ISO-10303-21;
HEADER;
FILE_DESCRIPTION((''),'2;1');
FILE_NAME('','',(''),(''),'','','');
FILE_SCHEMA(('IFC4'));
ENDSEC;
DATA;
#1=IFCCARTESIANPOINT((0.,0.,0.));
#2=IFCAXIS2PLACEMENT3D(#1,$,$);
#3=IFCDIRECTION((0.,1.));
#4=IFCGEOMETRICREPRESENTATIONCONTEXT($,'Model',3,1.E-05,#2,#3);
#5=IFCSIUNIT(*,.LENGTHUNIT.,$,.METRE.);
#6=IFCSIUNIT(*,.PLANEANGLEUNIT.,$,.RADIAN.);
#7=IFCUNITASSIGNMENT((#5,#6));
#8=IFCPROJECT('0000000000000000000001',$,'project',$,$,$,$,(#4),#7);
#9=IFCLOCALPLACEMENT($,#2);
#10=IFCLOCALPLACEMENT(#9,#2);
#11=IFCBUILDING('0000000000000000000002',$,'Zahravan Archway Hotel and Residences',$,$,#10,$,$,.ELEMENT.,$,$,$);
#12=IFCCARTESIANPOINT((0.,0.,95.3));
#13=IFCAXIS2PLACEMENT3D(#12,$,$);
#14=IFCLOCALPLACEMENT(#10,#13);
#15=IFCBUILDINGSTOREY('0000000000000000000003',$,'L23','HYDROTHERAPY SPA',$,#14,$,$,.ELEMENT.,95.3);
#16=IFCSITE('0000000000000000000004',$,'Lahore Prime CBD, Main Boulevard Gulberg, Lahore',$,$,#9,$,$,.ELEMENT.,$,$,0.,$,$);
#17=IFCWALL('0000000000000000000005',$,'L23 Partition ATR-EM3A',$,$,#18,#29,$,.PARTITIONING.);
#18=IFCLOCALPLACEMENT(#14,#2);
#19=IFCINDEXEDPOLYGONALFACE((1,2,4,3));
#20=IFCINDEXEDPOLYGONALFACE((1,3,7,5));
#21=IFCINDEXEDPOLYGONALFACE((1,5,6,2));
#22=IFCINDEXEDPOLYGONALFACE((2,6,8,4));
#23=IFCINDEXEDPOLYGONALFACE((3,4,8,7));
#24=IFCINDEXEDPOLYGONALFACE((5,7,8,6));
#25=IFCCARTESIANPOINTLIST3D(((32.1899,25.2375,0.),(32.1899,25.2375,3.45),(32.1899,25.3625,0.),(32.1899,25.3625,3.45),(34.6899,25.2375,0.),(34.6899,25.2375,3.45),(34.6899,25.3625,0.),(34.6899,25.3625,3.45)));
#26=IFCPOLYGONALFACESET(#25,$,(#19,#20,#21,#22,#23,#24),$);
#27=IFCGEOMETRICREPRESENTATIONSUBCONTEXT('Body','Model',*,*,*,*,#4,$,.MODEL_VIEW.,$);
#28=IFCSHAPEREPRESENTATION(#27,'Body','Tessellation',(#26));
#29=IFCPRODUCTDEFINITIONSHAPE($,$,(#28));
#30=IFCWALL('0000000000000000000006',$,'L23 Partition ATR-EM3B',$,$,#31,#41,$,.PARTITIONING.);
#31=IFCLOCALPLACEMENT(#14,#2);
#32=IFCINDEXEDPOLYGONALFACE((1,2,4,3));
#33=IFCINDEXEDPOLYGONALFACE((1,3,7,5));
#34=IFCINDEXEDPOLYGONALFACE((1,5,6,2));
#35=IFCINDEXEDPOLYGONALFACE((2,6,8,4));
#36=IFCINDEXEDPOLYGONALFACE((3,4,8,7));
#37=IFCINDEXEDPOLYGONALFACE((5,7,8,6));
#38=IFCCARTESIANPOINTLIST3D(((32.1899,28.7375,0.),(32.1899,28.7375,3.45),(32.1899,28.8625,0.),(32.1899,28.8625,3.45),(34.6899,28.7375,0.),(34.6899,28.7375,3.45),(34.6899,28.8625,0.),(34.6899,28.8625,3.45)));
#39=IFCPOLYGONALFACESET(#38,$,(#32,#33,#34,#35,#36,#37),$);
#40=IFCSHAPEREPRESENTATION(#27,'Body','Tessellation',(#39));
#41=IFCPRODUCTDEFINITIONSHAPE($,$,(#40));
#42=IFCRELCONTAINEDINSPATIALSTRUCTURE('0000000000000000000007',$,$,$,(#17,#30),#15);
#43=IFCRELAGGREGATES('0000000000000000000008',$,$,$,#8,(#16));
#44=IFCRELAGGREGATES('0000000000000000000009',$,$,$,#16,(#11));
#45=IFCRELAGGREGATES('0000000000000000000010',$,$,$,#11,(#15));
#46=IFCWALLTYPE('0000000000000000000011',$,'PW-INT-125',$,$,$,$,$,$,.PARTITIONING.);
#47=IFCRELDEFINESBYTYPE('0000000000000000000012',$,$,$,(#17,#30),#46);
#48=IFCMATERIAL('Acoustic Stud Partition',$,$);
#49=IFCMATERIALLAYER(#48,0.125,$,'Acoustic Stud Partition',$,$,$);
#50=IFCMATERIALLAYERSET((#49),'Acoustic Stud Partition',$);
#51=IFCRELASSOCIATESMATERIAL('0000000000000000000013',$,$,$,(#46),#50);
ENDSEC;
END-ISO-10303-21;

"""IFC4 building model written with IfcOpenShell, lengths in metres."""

from ifc_helpers import new_model, si_unit, direction, frame, frame_2d, origin, place, context, subcontext, project, spatial, rectangle, extrude, material, layer, layer_set, type_object, element, save


model = new_model("IFC4")

# Units and contexts
model_context = context("Model", 3, precision=1e-05, world=origin(), true_north=direction((0.0, 1.0)))
body_context = subcontext(model_context, "Body", "Model", "MODEL_VIEW")
ifc_project = project(units=[si_unit("LENGTHUNIT", "METRE"), si_unit("PLANEANGLEUNIT", "RADIAN")], contexts=[model_context])

# Site, building, storey
site_placement = place(None, origin())
site = spatial("IfcSite", under=ifc_project, at=site_placement, Name="Lahore Prime CBD, Main Boulevard Gulberg, Lahore", CompositionType="ELEMENT", RefElevation=0.0)
building_placement = place(site_placement, origin())
building = spatial("IfcBuilding", under=site, at=building_placement, Name="Zahravan Archway Hotel and Residences", CompositionType="ELEMENT")
storey_placement = place(building_placement, frame((0.0, 0.0, 95.3)))
storey = spatial("IfcBuildingStorey", under=building, at=storey_placement, Name="L23", Description="HYDROTHERAPY SPA", CompositionType="ELEMENT", Elevation=95.3)

# Walls
ifc_material_1 = material(Name="Acoustic Stud Partition")
ifc_layer_1 = layer(ifc_material_1, 0.125, Name="Acoustic Stud Partition")
ifc_layer_set_1 = layer_set([ifc_layer_1], Name="Acoustic Stud Partition")
wall_type = type_object("IfcWallType", Name="PW-INT-125", PredefinedType="PARTITIONING", material=ifc_layer_set_1)
for number, where, z_axis, x_axis, name in (
    (1, (32.1899, 25.3, 0.0), (0.0, 0.0, 1.0), (1.0, 0.0, 0.0), "L23 Partition ATR-EM3A"),
    (2, (32.1899, 28.8, 0.0), (0.0, 0.0, 1.0), (1.0, 0.0, 0.0), "L23 Partition ATR-EM3B"),
):
    element("IfcWall", number, at=place(storey_placement, frame(where, z_axis=z_axis, x_axis=x_axis)), inside=storey, type_object=wall_type, Name=name, PredefinedType="PARTITIONING", context=body_context, shape_type="SweptSolid", body=[
        extrude(rectangle(XDim=2.5, YDim=0.125, at=frame_2d((1.25, 0.0))), origin(), (0.0, 0.0, 1.0), 3.45),
    ])

save(model, "model.ifc")
